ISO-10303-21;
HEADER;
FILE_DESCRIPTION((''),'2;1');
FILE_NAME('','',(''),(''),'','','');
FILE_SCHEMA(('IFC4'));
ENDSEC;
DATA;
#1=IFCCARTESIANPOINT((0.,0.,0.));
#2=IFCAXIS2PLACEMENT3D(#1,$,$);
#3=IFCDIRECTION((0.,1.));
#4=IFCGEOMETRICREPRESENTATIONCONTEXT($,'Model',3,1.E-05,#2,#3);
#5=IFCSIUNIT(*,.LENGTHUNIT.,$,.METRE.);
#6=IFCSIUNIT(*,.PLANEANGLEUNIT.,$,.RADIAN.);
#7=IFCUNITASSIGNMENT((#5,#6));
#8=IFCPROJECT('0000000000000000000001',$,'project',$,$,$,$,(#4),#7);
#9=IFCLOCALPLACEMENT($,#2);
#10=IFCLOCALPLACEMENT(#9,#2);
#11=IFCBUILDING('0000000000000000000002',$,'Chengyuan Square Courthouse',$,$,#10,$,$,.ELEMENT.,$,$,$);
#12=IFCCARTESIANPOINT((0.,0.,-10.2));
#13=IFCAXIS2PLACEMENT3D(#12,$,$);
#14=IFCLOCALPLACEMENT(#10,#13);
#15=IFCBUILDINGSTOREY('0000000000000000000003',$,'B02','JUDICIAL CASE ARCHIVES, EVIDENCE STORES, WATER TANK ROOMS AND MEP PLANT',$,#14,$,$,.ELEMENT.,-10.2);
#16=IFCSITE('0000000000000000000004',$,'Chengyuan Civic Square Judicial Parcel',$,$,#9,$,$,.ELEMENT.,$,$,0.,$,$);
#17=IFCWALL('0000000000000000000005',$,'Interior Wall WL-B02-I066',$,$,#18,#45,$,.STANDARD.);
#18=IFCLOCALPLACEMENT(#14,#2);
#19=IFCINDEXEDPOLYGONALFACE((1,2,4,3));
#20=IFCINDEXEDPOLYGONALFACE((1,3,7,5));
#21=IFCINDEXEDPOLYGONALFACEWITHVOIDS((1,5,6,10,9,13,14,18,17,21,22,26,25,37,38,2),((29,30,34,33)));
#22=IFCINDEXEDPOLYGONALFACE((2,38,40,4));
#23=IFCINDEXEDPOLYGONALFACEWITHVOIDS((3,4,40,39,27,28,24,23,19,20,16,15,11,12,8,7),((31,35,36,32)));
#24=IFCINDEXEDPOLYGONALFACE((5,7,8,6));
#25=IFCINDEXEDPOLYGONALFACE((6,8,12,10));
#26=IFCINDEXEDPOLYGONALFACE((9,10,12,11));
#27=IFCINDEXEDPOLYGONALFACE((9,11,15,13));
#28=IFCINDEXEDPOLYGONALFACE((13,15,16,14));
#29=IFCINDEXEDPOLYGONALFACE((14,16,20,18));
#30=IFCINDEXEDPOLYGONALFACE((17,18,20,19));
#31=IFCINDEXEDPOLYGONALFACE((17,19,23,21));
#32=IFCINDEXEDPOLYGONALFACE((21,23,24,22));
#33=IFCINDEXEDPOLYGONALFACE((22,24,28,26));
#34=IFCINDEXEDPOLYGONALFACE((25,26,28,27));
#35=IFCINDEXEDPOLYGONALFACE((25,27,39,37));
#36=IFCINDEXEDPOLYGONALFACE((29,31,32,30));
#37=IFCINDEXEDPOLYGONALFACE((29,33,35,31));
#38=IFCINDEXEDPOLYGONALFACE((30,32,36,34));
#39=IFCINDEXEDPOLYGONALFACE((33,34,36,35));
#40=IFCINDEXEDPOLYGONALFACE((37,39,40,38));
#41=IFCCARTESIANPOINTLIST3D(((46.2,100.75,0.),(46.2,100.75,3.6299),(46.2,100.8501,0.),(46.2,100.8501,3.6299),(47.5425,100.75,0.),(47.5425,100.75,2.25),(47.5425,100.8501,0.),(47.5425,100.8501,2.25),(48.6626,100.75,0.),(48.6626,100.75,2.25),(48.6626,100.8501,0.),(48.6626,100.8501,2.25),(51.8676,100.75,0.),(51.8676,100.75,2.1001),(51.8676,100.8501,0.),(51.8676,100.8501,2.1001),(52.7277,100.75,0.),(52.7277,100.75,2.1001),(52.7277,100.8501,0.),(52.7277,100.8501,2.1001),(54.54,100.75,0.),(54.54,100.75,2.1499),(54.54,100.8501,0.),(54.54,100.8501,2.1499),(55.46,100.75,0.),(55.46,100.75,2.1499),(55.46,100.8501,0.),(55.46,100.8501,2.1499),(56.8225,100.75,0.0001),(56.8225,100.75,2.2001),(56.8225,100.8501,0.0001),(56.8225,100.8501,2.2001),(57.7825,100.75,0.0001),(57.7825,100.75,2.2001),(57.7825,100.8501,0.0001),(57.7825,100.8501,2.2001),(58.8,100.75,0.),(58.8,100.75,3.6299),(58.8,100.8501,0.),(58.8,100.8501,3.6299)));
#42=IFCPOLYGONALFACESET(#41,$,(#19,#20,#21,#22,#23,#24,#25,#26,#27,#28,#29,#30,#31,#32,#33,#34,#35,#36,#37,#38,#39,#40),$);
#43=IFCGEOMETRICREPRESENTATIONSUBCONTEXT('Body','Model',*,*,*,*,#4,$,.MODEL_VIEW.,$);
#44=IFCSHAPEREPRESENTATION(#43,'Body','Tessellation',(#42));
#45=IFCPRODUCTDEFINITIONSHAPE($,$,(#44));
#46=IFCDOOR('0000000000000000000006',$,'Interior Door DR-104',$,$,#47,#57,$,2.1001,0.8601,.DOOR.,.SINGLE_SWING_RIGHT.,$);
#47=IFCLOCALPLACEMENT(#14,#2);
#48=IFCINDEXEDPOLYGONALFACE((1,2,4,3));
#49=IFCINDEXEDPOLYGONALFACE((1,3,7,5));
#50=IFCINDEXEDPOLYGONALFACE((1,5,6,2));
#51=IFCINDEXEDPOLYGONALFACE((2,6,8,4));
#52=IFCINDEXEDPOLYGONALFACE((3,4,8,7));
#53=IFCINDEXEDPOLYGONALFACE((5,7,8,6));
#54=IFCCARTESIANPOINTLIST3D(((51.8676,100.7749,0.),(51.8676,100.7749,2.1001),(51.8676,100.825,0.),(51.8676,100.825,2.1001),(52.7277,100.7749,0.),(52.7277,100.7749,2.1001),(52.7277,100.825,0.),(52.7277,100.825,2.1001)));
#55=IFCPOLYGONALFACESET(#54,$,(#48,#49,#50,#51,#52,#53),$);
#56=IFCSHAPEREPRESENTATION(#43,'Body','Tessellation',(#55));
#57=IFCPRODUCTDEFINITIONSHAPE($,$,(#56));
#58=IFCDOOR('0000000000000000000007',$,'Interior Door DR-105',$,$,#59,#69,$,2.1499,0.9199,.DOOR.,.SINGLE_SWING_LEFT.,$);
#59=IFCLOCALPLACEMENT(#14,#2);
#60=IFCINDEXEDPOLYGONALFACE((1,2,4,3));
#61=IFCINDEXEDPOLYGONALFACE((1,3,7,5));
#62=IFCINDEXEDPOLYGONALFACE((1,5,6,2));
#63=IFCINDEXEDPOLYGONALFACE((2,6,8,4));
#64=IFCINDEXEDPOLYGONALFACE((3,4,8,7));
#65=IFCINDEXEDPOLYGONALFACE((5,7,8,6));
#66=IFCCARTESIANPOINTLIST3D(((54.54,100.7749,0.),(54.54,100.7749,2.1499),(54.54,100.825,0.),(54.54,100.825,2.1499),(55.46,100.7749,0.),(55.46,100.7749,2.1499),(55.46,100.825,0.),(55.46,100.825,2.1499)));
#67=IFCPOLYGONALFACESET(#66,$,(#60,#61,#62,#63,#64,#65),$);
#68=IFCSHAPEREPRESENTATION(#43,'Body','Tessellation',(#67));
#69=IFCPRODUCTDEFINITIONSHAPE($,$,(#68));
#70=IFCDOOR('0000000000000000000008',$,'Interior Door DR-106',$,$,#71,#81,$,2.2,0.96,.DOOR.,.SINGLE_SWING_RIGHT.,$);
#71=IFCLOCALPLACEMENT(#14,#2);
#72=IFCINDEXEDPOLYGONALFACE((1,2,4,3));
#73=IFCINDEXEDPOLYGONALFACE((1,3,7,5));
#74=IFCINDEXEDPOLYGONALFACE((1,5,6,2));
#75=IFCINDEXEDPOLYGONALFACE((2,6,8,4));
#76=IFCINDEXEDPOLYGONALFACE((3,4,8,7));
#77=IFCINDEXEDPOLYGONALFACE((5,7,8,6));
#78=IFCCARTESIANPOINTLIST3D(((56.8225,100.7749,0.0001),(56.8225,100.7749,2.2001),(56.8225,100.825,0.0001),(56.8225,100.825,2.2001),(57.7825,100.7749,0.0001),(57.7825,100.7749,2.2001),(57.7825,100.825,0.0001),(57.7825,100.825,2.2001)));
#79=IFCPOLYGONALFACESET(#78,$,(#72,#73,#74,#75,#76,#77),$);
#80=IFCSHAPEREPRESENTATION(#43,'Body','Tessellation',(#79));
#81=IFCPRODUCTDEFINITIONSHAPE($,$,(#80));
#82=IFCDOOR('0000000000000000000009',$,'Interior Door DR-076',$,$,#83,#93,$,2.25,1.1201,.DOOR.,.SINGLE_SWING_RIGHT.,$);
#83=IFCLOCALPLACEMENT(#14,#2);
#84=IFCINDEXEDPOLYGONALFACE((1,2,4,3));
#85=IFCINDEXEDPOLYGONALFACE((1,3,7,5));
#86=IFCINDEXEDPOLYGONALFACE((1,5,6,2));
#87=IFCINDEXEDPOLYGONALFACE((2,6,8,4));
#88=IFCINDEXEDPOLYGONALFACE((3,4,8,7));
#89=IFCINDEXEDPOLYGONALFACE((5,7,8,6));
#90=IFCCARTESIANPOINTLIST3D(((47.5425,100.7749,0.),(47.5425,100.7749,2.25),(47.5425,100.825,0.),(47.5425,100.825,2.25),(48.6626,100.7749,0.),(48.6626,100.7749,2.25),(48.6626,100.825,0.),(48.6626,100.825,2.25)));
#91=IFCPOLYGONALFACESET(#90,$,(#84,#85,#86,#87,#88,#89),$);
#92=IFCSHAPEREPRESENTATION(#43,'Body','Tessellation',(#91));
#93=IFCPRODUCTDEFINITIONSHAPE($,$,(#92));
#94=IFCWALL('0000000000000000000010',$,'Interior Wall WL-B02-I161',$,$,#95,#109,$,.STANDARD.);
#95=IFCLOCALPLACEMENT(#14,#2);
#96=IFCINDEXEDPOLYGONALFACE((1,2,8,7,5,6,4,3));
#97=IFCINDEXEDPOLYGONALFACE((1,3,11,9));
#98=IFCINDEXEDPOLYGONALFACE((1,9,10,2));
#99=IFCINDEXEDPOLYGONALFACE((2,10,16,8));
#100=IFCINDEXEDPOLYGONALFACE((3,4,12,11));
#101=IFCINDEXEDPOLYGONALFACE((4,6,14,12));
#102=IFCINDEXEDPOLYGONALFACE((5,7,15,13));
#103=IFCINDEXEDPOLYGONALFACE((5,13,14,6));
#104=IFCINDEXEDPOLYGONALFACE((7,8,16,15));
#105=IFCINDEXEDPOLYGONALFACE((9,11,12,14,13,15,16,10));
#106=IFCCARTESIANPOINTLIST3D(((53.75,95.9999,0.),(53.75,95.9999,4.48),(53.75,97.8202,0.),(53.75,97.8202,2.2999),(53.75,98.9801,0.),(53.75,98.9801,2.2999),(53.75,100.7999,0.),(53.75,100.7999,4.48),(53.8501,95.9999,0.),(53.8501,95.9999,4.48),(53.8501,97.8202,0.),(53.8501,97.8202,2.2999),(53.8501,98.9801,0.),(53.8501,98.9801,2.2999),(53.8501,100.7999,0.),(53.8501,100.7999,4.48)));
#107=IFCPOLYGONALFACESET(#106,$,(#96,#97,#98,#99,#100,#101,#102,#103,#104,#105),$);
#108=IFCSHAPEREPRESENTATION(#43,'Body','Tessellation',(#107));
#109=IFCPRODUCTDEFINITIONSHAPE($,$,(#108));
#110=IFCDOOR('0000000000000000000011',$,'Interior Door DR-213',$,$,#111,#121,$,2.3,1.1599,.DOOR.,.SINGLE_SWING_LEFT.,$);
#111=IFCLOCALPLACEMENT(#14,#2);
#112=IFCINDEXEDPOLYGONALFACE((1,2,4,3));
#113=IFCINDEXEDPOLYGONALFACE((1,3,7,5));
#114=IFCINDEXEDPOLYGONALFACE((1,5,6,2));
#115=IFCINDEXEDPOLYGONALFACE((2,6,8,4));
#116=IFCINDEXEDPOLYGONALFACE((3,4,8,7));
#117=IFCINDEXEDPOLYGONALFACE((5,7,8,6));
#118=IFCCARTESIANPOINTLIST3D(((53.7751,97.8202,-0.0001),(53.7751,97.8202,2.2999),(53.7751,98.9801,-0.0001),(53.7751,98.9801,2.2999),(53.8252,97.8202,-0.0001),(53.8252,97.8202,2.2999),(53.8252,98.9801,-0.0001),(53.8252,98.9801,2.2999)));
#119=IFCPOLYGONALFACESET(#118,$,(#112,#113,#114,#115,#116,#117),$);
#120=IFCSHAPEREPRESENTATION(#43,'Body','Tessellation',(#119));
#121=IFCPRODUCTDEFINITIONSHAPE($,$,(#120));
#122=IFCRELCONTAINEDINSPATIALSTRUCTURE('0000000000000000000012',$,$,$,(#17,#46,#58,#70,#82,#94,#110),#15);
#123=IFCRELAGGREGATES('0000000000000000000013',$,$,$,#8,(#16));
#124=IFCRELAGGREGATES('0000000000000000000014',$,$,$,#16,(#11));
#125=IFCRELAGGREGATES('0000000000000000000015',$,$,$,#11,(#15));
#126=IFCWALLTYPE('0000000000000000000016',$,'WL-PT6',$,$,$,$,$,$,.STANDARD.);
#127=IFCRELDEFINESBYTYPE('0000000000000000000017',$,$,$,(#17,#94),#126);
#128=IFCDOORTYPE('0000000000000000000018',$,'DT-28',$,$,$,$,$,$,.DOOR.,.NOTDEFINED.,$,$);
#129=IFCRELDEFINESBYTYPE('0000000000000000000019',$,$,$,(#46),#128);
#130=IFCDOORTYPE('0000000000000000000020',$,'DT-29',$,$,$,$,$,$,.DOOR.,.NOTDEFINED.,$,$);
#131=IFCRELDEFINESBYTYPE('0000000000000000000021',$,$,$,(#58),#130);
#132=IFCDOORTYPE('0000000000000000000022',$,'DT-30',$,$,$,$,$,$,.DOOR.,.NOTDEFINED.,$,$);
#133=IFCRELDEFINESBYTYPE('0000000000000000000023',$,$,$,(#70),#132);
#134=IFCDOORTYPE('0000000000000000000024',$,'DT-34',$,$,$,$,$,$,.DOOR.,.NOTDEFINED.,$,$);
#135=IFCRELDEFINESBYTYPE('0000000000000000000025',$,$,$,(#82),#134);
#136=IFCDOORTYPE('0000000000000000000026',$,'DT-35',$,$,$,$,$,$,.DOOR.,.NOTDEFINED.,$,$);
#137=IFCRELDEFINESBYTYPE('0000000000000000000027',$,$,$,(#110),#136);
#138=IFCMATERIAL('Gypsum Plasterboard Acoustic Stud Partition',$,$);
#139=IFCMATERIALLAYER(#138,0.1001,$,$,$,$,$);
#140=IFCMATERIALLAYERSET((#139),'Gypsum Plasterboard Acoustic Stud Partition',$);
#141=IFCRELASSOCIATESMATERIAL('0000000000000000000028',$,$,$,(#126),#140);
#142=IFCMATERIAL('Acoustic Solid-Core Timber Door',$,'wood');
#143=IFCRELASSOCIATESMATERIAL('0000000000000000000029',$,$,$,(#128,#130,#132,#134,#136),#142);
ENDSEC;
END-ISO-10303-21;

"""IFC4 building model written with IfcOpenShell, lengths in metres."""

from ifc_helpers import new_model, si_unit, direction, frame, frame_2d, origin, place, context, subcontext, project, spatial, rectangle, extrude, material, layer, layer_set, type_object, element, fill, save


model = new_model("IFC4")

# Units and contexts
model_context = context("Model", 3, precision=1e-05, world=origin(), true_north=direction((0.0, 1.0)))
body_context = subcontext(model_context, "Body", "Model", "MODEL_VIEW")
ifc_project = project(units=[si_unit("LENGTHUNIT", "METRE"), si_unit("PLANEANGLEUNIT", "RADIAN")], contexts=[model_context])

# Site, building, storey
site_placement = place(None, origin())
site = spatial("IfcSite", under=ifc_project, at=site_placement, Name="Chengyuan Civic Square Judicial Parcel", CompositionType="ELEMENT", RefElevation=0.0)
building_placement = place(site_placement, origin())
building = spatial("IfcBuilding", under=site, at=building_placement, Name="Chengyuan Square Courthouse", CompositionType="ELEMENT")
storey_placement = place(building_placement, frame((0.0, 0.0, -10.2)))
storey = spatial("IfcBuildingStorey", under=building, at=storey_placement, Name="B02", Description="JUDICIAL CASE ARCHIVES, EVIDENCE STORES, WATER TANK ROOMS AND MEP PLANT", CompositionType="ELEMENT", Elevation=-10.2)

# Wall, openings, doors
ifc_material_1 = material(Name="Gypsum Plasterboard Acoustic Stud Partition")
ifc_layer_1 = layer(ifc_material_1, 0.1001)
ifc_layer_set_1 = layer_set([ifc_layer_1], Name="Gypsum Plasterboard Acoustic Stud Partition")
wall_type_1 = type_object("IfcWallType", Name="WL-PT6", PredefinedType="STANDARD", material=ifc_layer_set_1)
wall_1_placement = place(storey_placement, frame((46.2, 100.8, 0.0), z_axis=(0.0, 0.0, 1.0), x_axis=(1.0, 0.0, 0.0)))
wall_1 = element("IfcWall", 1, at=wall_1_placement, inside=storey, type_object=wall_type_1, Name="Interior Wall WL-B02-I066", PredefinedType="STANDARD", context=body_context, shape_type="SweptSolid", body=[
    extrude(rectangle(XDim=12.6001, YDim=0.1001, at=frame_2d((6.3, 0.0))), origin(), (0.0, 0.0, 1.0), 3.6299),
])
opening_1_placement = place(wall_1_placement, frame((1.3425, 0.0, 0.0)))
opening_1 = element("IfcOpeningElement", 2, at=opening_1_placement, cuts=wall_1, PredefinedType="OPENING", context=body_context, shape_type="SweptSolid", body=[
    extrude(rectangle(XDim=1.1201, YDim=2.25, at=frame_2d((0.5601, 1.125))), frame((0.0, 0.062, 0.0), z_axis=(0.0, -1.0, 0.0), x_axis=(1.0, 0.0, 0.0)), (0.0, 0.0, 1.0), 0.124),
])
opening_2_placement = place(wall_1_placement, frame((5.6675, 0.0, 0.0)))
opening_2 = element("IfcOpeningElement", 3, at=opening_2_placement, cuts=wall_1, PredefinedType="OPENING", context=body_context, shape_type="SweptSolid", body=[
    extrude(rectangle(XDim=0.8601, YDim=2.1001, at=frame_2d((0.4302, 1.05))), frame((0.0, 0.062, 0.0), z_axis=(0.0, -1.0, 0.0), x_axis=(1.0, 0.0, 0.0)), (0.0, 0.0, 1.0), 0.124),
])
opening_3_placement = place(wall_1_placement, frame((8.3401, 0.0, 0.0)))
opening_3 = element("IfcOpeningElement", 4, at=opening_3_placement, cuts=wall_1, PredefinedType="OPENING", context=body_context, shape_type="SweptSolid", body=[
    extrude(rectangle(XDim=0.9199, YDim=2.1499, at=frame_2d((0.46, 1.075))), frame((0.0, 0.062, 0.0), z_axis=(0.0, -1.0, 0.0), x_axis=(1.0, 0.0, 0.0)), (0.0, 0.0, 1.0), 0.124),
])
opening_4_placement = place(wall_1_placement, frame((10.6226, 0.0, 0.0)))
opening_4 = element("IfcOpeningElement", 5, at=opening_4_placement, cuts=wall_1, PredefinedType="OPENING", context=body_context, shape_type="SweptSolid", body=[
    extrude(rectangle(XDim=0.96, YDim=2.2, at=frame_2d((0.48, 1.1001))), frame((0.0, 0.062, 0.0), z_axis=(0.0, -1.0, 0.0), x_axis=(1.0, 0.0, 0.0)), (0.0, 0.0, 1.0), 0.124),
])
ifc_material_2 = material(Name="Acoustic Solid-Core Timber Door", Category="wood")
door_type_1 = type_object("IfcDoorType", Name="DT-28", OperationType="NOTDEFINED", PredefinedType="DOOR", material=ifc_material_2)
door_1_placement = place(opening_2_placement, origin())
door_1 = element("IfcDoor", 6, at=door_1_placement, inside=storey, type_object=door_type_1, Name="Interior Door DR-104", OperationType="SINGLE_SWING_RIGHT", OverallHeight=2.1001, OverallWidth=0.8601, PredefinedType="DOOR", context=body_context, shape_type="SweptSolid", body=[
    extrude(rectangle(XDim=0.8601, YDim=2.1001, at=frame_2d((0.4302, 1.05))), frame((0.0, 0.0249, 0.0), z_axis=(0.0, -1.0, 0.0), x_axis=(1.0, 0.0, 0.0)), (0.0, 0.0, 1.0), 0.05),
])
fill(opening_2, door_1)
door_type_2 = type_object("IfcDoorType", Name="DT-29", OperationType="NOTDEFINED", PredefinedType="DOOR", material=ifc_material_2)
door_2_placement = place(opening_3_placement, origin())
door_2 = element("IfcDoor", 7, at=door_2_placement, inside=storey, type_object=door_type_2, Name="Interior Door DR-105", OperationType="SINGLE_SWING_LEFT", OverallHeight=2.1499, OverallWidth=0.9199, PredefinedType="DOOR", context=body_context, shape_type="SweptSolid", body=[
    extrude(rectangle(XDim=0.9199, YDim=2.1499, at=frame_2d((0.46, 1.075))), frame((0.0, 0.0249, 0.0), z_axis=(0.0, -1.0, 0.0), x_axis=(1.0, 0.0, 0.0)), (0.0, 0.0, 1.0), 0.05),
])
fill(opening_3, door_2)
door_type_3 = type_object("IfcDoorType", Name="DT-30", OperationType="NOTDEFINED", PredefinedType="DOOR", material=ifc_material_2)
door_3_placement = place(opening_4_placement, origin())
door_3 = element("IfcDoor", 8, at=door_3_placement, inside=storey, type_object=door_type_3, Name="Interior Door DR-106", OperationType="SINGLE_SWING_RIGHT", OverallHeight=2.2, OverallWidth=0.96, PredefinedType="DOOR", context=body_context, shape_type="SweptSolid", body=[
    extrude(rectangle(XDim=0.96, YDim=2.2, at=frame_2d((0.48, 1.1001))), frame((0.0, 0.0249, 0.0), z_axis=(0.0, -1.0, 0.0), x_axis=(1.0, 0.0, 0.0)), (0.0, 0.0, 1.0), 0.05),
])
fill(opening_4, door_3)
door_type_4 = type_object("IfcDoorType", Name="DT-34", OperationType="NOTDEFINED", PredefinedType="DOOR", material=ifc_material_2)
door_4_placement = place(opening_1_placement, origin())
door_4 = element("IfcDoor", 9, at=door_4_placement, inside=storey, type_object=door_type_4, Name="Interior Door DR-076", OperationType="SINGLE_SWING_RIGHT", OverallHeight=2.25, OverallWidth=1.1201, PredefinedType="DOOR", context=body_context, shape_type="SweptSolid", body=[
    extrude(rectangle(XDim=1.1201, YDim=2.25, at=frame_2d((0.5601, 1.125))), frame((0.0, 0.0249, 0.0), z_axis=(0.0, -1.0, 0.0), x_axis=(1.0, 0.0, 0.0)), (0.0, 0.0, 1.0), 0.05),
])
fill(opening_1, door_4)

# Wall, opening, door
wall_2_placement = place(storey_placement, frame((53.8, 96.0, 0.0), z_axis=(0.0, 0.0, 1.0), x_axis=(0.0, 1.0, 0.0)))
wall_2 = element("IfcWall", 10, at=wall_2_placement, inside=storey, type_object=wall_type_1, Name="Interior Wall WL-B02-I161", PredefinedType="STANDARD", context=body_context, shape_type="SweptSolid", body=[
    extrude(rectangle(XDim=4.8, YDim=0.1001, at=frame_2d((2.3999, 0.0))), origin(), (0.0, 0.0, 1.0), 4.48),
])
opening_5_placement = place(wall_2_placement, frame((1.8201, 0.0, 0.0)))
opening_5 = element("IfcOpeningElement", 11, at=opening_5_placement, cuts=wall_2, PredefinedType="OPENING", context=body_context, shape_type="SweptSolid", body=[
    extrude(rectangle(XDim=1.1599, YDim=2.3, at=frame_2d((0.5801, 1.1499))), frame((0.0, 0.062, 0.0), z_axis=(0.0, -1.0, 0.0), x_axis=(1.0, 0.0, 0.0)), (0.0, 0.0, 1.0), 0.124),
])
door_type_5 = type_object("IfcDoorType", Name="DT-35", OperationType="NOTDEFINED", PredefinedType="DOOR", material=ifc_material_2)
door_5_placement = place(opening_5_placement, origin())
door_5 = element("IfcDoor", 12, at=door_5_placement, inside=storey, type_object=door_type_5, Name="Interior Door DR-213", OperationType="SINGLE_SWING_LEFT", OverallHeight=2.3, OverallWidth=1.1599, PredefinedType="DOOR", context=body_context, shape_type="SweptSolid", body=[
    extrude(rectangle(XDim=1.1599, YDim=2.3, at=frame_2d((0.5801, 1.1499))), frame((0.0, 0.0249, 0.0), z_axis=(0.0, -1.0, 0.0), x_axis=(1.0, 0.0, 0.0)), (0.0, 0.0, 1.0), 0.05),
])
fill(opening_5, door_5)

save(model, "model.ifc")
